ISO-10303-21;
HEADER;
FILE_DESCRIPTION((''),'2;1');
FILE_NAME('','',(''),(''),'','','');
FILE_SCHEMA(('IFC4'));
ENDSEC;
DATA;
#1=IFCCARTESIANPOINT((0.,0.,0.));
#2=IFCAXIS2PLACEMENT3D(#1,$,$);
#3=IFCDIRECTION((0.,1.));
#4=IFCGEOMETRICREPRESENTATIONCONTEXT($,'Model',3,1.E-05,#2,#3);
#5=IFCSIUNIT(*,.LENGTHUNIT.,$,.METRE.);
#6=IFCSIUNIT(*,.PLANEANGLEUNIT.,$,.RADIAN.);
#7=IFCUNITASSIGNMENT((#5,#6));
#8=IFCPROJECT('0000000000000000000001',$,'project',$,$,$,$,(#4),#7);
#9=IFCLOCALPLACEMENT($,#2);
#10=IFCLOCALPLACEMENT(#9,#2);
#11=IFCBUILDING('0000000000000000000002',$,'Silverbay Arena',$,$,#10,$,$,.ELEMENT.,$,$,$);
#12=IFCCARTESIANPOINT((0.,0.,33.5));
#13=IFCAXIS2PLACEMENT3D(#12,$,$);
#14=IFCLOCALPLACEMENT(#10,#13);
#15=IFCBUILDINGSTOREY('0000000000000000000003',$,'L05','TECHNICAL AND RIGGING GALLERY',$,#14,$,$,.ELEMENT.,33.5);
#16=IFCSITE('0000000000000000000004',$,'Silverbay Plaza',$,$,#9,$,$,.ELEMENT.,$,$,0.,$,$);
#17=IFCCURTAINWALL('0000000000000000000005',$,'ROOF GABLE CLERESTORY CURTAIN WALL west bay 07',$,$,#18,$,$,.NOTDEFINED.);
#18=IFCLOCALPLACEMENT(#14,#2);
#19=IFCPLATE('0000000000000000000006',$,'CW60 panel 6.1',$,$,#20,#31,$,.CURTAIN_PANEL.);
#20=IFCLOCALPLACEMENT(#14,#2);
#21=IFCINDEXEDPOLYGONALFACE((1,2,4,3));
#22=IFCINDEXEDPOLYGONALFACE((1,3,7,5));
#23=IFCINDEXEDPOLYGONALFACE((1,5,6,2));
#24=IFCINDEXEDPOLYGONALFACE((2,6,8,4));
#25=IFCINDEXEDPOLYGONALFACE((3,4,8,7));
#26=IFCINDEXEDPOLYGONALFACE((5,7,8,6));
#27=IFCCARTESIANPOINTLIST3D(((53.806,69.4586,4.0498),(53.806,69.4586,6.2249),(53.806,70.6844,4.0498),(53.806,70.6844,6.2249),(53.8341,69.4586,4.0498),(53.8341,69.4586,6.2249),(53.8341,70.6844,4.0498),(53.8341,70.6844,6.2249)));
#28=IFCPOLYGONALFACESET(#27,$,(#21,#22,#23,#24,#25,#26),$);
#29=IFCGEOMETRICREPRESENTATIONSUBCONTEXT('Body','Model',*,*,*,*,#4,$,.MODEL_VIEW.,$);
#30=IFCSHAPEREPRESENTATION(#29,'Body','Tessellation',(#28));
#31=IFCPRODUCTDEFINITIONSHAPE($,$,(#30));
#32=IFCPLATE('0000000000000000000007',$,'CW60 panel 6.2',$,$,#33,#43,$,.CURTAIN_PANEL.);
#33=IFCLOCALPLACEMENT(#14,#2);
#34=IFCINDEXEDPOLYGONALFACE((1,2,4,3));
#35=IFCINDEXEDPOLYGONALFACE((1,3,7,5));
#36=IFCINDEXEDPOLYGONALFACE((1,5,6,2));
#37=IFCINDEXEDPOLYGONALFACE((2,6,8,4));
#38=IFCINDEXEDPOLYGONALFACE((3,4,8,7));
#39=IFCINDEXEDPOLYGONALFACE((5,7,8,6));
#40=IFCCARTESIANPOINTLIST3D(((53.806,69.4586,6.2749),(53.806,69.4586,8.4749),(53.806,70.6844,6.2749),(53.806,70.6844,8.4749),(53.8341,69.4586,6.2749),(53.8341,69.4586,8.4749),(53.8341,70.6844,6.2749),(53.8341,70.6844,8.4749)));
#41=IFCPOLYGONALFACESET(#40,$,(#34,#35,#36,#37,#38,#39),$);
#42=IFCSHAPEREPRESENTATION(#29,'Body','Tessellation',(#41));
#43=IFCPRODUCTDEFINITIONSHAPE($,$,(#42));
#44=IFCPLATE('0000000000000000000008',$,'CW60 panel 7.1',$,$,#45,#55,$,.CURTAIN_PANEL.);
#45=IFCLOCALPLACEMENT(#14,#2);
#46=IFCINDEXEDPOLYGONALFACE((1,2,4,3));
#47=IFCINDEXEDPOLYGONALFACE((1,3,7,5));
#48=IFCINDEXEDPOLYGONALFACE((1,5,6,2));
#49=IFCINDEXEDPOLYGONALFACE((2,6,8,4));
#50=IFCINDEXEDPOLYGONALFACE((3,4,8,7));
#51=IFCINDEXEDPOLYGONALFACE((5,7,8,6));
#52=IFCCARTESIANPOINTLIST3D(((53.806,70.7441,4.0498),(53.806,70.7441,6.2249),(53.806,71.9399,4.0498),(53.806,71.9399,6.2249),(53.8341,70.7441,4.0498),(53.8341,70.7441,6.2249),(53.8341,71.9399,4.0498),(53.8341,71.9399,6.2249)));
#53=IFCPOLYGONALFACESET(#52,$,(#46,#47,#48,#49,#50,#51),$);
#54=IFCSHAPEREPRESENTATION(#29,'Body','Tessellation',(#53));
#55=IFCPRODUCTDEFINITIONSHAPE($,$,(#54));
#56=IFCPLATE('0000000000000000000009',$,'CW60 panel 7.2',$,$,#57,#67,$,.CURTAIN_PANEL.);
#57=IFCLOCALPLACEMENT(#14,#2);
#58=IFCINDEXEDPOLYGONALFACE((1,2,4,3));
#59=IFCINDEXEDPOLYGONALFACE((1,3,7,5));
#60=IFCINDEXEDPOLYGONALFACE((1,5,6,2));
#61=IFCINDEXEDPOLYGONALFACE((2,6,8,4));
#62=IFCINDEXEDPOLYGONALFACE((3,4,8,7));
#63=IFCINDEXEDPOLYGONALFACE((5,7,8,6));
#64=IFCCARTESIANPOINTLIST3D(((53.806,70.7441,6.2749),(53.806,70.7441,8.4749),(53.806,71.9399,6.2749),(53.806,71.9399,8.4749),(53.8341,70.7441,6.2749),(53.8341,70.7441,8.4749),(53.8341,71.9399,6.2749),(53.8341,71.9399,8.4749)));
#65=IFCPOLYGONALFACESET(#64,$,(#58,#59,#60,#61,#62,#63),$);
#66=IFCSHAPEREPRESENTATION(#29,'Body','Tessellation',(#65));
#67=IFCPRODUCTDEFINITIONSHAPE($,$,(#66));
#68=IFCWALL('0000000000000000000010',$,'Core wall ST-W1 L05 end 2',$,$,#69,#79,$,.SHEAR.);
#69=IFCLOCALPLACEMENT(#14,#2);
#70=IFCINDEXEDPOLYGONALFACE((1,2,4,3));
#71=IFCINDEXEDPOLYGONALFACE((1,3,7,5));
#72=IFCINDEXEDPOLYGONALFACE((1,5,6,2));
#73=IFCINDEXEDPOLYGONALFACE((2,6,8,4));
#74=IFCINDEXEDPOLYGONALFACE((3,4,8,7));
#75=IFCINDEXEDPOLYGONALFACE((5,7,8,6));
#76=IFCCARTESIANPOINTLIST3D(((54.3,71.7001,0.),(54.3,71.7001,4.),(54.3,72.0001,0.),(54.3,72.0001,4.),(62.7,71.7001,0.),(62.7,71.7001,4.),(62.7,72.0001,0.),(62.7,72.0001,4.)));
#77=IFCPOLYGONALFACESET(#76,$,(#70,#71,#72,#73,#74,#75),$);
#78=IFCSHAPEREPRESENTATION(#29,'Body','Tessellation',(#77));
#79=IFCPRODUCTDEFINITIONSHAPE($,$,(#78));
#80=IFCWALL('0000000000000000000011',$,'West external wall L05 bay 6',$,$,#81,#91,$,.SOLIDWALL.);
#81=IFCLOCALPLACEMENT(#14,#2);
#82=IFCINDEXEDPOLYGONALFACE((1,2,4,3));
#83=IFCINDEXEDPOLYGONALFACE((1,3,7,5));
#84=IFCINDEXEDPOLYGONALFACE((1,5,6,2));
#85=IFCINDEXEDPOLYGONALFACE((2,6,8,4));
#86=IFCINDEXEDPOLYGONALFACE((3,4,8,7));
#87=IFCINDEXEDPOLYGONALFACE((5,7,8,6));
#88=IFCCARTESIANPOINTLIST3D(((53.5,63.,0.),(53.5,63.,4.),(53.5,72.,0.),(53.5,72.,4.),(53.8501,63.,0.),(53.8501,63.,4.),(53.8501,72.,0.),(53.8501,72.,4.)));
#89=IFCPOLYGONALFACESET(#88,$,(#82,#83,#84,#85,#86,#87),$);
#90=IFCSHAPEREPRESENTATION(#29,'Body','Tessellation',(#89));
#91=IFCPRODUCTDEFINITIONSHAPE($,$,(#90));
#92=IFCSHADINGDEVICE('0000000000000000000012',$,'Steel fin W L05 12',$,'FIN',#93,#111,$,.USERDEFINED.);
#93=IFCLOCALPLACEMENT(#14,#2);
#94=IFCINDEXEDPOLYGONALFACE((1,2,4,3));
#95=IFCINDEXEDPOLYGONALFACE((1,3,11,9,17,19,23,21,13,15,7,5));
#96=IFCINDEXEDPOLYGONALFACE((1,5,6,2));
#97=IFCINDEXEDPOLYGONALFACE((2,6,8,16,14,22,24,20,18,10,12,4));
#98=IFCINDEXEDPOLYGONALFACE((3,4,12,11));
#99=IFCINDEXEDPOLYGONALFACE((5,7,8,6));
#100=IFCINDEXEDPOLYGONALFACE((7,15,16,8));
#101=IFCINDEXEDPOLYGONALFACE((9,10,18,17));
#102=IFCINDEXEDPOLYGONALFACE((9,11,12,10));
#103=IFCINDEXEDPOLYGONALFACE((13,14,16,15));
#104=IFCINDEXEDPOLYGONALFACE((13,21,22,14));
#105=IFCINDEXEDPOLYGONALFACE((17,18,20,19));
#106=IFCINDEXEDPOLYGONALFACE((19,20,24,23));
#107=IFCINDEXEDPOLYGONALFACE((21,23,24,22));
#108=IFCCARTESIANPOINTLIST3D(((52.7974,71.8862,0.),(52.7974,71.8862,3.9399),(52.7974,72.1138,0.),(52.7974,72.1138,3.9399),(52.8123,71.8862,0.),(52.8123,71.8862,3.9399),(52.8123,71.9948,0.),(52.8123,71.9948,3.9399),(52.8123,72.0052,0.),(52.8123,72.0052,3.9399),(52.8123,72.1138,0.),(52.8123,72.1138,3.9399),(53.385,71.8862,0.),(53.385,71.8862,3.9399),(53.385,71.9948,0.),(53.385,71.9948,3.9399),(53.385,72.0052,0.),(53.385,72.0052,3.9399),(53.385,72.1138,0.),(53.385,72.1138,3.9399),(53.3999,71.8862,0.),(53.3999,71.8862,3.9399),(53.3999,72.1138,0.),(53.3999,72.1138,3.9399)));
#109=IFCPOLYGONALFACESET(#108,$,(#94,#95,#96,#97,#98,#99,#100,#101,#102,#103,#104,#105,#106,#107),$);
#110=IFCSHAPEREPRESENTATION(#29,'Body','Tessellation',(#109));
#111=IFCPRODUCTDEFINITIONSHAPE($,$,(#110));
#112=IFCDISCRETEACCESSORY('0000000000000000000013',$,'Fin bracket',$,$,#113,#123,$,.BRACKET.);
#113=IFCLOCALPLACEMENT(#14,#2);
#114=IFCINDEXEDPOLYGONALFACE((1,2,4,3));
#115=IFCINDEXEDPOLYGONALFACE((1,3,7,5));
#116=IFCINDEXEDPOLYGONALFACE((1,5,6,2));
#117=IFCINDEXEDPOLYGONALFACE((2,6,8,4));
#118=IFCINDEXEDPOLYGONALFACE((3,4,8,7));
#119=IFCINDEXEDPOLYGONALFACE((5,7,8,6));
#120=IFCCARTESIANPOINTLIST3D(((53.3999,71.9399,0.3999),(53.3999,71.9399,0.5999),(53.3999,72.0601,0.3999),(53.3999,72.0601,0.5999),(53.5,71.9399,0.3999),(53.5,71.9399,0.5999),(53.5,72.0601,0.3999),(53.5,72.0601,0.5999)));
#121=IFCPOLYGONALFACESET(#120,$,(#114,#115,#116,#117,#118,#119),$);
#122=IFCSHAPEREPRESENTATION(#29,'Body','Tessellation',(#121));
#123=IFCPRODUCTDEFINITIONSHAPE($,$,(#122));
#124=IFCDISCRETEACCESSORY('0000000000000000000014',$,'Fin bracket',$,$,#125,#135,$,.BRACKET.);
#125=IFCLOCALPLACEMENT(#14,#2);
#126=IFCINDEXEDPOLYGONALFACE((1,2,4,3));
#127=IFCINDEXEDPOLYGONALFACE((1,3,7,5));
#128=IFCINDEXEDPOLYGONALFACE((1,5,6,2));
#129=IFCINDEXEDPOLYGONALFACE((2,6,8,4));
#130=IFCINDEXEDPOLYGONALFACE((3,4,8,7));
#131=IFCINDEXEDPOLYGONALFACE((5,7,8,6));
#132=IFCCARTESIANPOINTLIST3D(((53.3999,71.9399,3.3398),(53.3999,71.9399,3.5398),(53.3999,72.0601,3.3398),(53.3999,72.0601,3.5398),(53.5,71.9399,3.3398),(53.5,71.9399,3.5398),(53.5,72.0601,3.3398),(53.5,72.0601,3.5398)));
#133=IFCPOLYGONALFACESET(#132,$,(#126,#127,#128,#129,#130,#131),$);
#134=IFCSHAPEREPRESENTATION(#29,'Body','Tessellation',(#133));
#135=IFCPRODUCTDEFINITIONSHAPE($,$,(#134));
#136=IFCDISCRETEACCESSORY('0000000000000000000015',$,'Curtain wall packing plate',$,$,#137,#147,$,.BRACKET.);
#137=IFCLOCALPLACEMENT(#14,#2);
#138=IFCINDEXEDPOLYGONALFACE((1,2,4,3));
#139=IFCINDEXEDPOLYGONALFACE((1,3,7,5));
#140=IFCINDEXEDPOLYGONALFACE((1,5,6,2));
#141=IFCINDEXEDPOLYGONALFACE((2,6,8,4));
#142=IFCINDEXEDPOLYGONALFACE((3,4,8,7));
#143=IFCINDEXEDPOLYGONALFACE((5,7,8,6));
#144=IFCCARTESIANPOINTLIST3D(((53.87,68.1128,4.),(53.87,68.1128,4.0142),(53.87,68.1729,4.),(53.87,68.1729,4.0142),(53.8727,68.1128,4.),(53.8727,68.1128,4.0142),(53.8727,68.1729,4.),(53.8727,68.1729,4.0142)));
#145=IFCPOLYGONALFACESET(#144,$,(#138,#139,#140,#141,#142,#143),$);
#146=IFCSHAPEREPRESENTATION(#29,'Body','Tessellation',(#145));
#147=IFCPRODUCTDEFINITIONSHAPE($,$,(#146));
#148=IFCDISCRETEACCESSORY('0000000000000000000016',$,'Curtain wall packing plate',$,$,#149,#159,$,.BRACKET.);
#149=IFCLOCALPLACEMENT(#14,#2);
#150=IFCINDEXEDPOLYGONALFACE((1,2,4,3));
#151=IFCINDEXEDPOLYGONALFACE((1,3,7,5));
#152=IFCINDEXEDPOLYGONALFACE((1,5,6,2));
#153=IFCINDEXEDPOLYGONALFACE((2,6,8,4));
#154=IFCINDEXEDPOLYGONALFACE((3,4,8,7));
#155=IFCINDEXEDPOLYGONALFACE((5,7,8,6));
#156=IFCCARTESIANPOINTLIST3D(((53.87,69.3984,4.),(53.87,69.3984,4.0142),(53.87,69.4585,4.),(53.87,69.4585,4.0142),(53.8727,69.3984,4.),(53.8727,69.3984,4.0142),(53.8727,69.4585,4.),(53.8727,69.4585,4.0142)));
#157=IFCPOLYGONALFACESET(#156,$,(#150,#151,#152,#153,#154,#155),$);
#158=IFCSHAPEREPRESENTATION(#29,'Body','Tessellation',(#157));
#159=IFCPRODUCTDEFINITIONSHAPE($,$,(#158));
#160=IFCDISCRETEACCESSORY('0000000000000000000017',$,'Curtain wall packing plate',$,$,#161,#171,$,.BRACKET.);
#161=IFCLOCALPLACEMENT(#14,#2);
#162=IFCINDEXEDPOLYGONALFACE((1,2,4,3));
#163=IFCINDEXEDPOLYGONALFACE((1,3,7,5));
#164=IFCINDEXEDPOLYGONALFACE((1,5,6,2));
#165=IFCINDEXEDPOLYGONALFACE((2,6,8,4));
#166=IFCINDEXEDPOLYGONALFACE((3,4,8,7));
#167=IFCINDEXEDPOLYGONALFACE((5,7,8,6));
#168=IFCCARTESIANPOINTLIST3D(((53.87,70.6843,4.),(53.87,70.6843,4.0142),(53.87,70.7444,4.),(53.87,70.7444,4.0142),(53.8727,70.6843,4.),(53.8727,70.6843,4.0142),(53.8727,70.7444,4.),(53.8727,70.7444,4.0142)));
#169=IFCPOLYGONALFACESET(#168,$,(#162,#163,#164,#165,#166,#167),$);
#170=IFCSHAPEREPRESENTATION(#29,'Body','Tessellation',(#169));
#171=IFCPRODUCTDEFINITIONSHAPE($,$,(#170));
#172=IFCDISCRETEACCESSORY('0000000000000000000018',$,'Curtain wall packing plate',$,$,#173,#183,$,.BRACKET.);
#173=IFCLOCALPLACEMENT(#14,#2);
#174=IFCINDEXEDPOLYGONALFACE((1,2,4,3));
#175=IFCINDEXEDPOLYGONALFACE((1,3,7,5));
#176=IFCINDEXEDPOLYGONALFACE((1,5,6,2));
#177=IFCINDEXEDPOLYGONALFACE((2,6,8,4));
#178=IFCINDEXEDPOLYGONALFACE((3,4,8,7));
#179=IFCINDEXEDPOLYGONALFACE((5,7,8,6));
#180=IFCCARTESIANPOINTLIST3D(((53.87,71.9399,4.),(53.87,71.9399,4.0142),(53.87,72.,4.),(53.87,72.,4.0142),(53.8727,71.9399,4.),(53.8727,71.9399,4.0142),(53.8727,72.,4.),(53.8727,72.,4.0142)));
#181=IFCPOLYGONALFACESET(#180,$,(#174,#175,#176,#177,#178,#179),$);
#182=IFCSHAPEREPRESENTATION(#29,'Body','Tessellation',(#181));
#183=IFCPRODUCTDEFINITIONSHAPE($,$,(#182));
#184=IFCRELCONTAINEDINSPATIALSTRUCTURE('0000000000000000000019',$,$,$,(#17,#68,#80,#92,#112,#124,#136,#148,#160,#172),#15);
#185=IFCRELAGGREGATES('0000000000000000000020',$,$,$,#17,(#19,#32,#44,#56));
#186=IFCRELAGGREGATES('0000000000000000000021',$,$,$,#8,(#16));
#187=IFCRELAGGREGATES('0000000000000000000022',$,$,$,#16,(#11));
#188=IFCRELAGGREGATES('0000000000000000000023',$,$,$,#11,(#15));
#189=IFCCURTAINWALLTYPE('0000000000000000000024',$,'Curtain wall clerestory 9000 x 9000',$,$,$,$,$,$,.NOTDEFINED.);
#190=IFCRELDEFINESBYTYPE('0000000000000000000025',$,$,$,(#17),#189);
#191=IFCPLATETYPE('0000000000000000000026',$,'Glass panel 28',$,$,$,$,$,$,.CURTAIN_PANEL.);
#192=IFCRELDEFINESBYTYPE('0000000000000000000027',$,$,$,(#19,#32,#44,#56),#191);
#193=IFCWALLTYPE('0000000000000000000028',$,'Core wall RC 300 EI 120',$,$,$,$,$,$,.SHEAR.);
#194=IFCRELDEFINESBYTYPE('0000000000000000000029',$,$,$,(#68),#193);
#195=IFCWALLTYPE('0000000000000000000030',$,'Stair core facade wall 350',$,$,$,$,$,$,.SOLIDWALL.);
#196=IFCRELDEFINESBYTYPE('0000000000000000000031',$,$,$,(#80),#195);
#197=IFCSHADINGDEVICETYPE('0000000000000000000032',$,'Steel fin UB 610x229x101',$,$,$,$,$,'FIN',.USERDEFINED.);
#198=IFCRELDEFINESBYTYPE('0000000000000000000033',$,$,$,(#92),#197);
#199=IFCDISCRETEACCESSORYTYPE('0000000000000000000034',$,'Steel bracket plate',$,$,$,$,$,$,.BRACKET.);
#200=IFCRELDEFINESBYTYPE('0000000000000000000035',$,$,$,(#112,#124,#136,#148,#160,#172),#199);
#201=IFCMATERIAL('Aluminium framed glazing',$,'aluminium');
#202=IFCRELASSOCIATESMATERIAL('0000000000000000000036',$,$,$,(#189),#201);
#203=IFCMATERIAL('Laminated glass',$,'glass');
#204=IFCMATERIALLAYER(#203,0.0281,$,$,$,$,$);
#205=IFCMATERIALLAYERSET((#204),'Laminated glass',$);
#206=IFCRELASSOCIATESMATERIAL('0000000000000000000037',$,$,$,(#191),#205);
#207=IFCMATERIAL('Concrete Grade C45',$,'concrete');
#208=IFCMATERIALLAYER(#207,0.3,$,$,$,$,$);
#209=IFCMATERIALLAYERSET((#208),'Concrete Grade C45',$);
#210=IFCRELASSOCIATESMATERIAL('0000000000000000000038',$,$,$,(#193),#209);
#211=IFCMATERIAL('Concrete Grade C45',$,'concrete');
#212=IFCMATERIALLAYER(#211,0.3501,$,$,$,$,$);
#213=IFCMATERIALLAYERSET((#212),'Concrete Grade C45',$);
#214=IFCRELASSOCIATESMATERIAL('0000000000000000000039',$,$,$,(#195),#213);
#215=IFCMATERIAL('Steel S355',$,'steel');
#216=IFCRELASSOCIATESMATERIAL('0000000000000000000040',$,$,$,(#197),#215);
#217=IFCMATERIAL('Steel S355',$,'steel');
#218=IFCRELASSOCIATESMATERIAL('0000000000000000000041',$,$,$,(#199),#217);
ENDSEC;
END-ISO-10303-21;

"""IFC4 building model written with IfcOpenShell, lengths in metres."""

from ifc_helpers import new_model, si_unit, direction, frame, frame_2d, origin, origin_2d, place, context, subcontext, project, spatial, rectangle, i_section, extrude, material, layer, layer_set, material_profile, profile_set, type_object, element, aggregate, save


model = new_model("IFC4")

# Units and contexts
model_context = context("Model", 3, precision=1e-05, world=origin(), true_north=direction((0.0, 1.0)))
body_context = subcontext(model_context, "Body", "Model", "MODEL_VIEW")
ifc_project = project(units=[si_unit("LENGTHUNIT", "METRE"), si_unit("PLANEANGLEUNIT", "RADIAN")], contexts=[model_context])

# Site, building, storey
site_placement = place(None, origin())
site = spatial("IfcSite", under=ifc_project, at=site_placement, Name="Silverbay Plaza", CompositionType="ELEMENT", RefElevation=0.0)
building_placement = place(site_placement, origin())
building = spatial("IfcBuilding", under=site, at=building_placement, Name="Silverbay Arena", CompositionType="ELEMENT")
storey_placement = place(building_placement, frame((0.0, 0.0, 33.5)))
storey = spatial("IfcBuildingStorey", under=building, at=storey_placement, Name="L05", Description="TECHNICAL AND RIGGING GALLERY", CompositionType="ELEMENT", Elevation=33.5)

# Curtain wall
ifc_material_1 = material(Name="Aluminium framed glazing", Category="aluminium")
curtain_wall_type = type_object("IfcCurtainWallType", Name="Curtain wall clerestory 9000 x 9000", PredefinedType="NOTDEFINED", material=ifc_material_1)
curtain_wall_placement = place(storey_placement, origin())
curtain_wall = element("IfcCurtainWall", 1, at=curtain_wall_placement, inside=storey, type_object=curtain_wall_type, Name="ROOF GABLE CLERESTORY CURTAIN WALL west bay 07", PredefinedType="NOTDEFINED")

# Plates
ifc_material_2 = material(Name="Laminated glass", Category="glass")
ifc_layer_1 = layer(ifc_material_2, 0.0281)
ifc_layer_set_1 = layer_set([ifc_layer_1], Name="Laminated glass")
plate_type = type_object("IfcPlateType", Name="Glass panel 28", PredefinedType="CURTAIN_PANEL", material=ifc_layer_set_1)
plate_1_placement = place(storey_placement, frame((53.8201, 70.0715, 4.0498), z_axis=(0.0, 0.0, 1.0), x_axis=(0.0, 1.0, 0.0)))
plate_1 = element("IfcPlate", 2, at=plate_1_placement, type_object=plate_type, Name="CW60 panel 6.1", PredefinedType="CURTAIN_PANEL", context=body_context, shape_type="SweptSolid", body=[
    extrude(rectangle(XDim=1.2258, YDim=0.0281, at=origin_2d()), origin(), (0.0, 0.0, 1.0), 2.175),
])
plate_2_placement = place(storey_placement, frame((53.8201, 70.0715, 6.2749), z_axis=(0.0, 0.0, 1.0), x_axis=(0.0, 1.0, 0.0)))
plate_2 = element("IfcPlate", 3, at=plate_2_placement, type_object=plate_type, Name="CW60 panel 6.2", PredefinedType="CURTAIN_PANEL", context=body_context, shape_type="SweptSolid", body=[
    extrude(rectangle(XDim=1.2258, YDim=0.0281, at=origin_2d()), origin(), (0.0, 0.0, 1.0), 2.2),
])
plate_3_placement = place(storey_placement, frame((53.8201, 71.342, 4.0498), z_axis=(0.0, 0.0, 1.0), x_axis=(0.0, 1.0, 0.0)))
plate_3 = element("IfcPlate", 4, at=plate_3_placement, type_object=plate_type, Name="CW60 panel 7.1", PredefinedType="CURTAIN_PANEL", context=body_context, shape_type="SweptSolid", body=[
    extrude(rectangle(XDim=1.1958, YDim=0.0281, at=origin_2d()), origin(), (0.0, 0.0, 1.0), 2.175),
])
plate_4_placement = place(storey_placement, frame((53.8201, 71.342, 6.2749), z_axis=(0.0, 0.0, 1.0), x_axis=(0.0, 1.0, 0.0)))
plate_4 = element("IfcPlate", 5, at=plate_4_placement, type_object=plate_type, Name="CW60 panel 7.2", PredefinedType="CURTAIN_PANEL", context=body_context, shape_type="SweptSolid", body=[
    extrude(rectangle(XDim=1.1958, YDim=0.0281, at=origin_2d()), origin(), (0.0, 0.0, 1.0), 2.2),
])
aggregate(curtain_wall, [plate_1, plate_2, plate_3, plate_4])

# Walls
ifc_material_3 = material(Name="Concrete Grade C45", Category="concrete")
ifc_layer_2 = layer(ifc_material_3, 0.3)
ifc_layer_set_2 = layer_set([ifc_layer_2], Name="Concrete Grade C45")
wall_type_1 = type_object("IfcWallType", Name="Core wall RC 300 EI 120", PredefinedType="SHEAR", material=ifc_layer_set_2)
wall_1_placement = place(storey_placement, frame((62.7, 71.8501, 0.0), z_axis=(0.0, 0.0, 1.0), x_axis=(-1.0, 0.0, 0.0)))
element("IfcWall", 6, at=wall_1_placement, inside=storey, type_object=wall_type_1, Name="Core wall ST-W1 L05 end 2", PredefinedType="SHEAR", context=body_context, shape_type="SweptSolid", body=[
    extrude(rectangle(XDim=8.3999, YDim=0.3, at=frame_2d((4.2, 0.0))), origin(), (0.0, 0.0, 1.0), 4.0),
])
ifc_material_4 = material(Name="Concrete Grade C45", Category="concrete")
ifc_layer_3 = layer(ifc_material_4, 0.3501)
ifc_layer_set_3 = layer_set([ifc_layer_3], Name="Concrete Grade C45")
wall_type_2 = type_object("IfcWallType", Name="Stair core facade wall 350", PredefinedType="SOLIDWALL", material=ifc_layer_set_3)
wall_2_placement = place(storey_placement, frame((53.675, 72.0, 0.0), z_axis=(0.0, 0.0, 1.0), x_axis=(0.0, -1.0, 0.0)))
element("IfcWall", 7, at=wall_2_placement, inside=storey, type_object=wall_type_2, Name="West external wall L05 bay 6", PredefinedType="SOLIDWALL", context=body_context, shape_type="SweptSolid", body=[
    extrude(rectangle(XDim=9.0, YDim=0.3501, at=frame_2d((4.5, 0.0))), origin(), (0.0, 0.0, 1.0), 4.0),
])

# Shading device
ifc_material_5 = material(Name="Steel S355", Category="steel")
ifc_material_profile_1 = material_profile(ifc_material_5, i_section(OverallWidth=0.2275, OverallDepth=0.6025, WebThickness=0.0105, FlangeThickness=0.0149, at=origin_2d()), Name="UB 610x229x101")
ifc_profile_set_1 = profile_set([ifc_material_profile_1], Name="Steel S355")
shading_device_type = type_object("IfcShadingDeviceType", Name="Steel fin UB 610x229x101", ElementType="FIN", PredefinedType="USERDEFINED", material=ifc_profile_set_1)
shading_device_placement = place(storey_placement, frame((53.0986, 72.0, 0.0), z_axis=(0.0, 0.0, 1.0), x_axis=(0.0, 1.0, 0.0)))
element("IfcShadingDevice", 8, at=shading_device_placement, inside=storey, type_object=shading_device_type, Name="Steel fin W L05 12", ObjectType="FIN", PredefinedType="USERDEFINED", context=body_context, shape_type="SweptSolid", body=[
    extrude(i_section(OverallWidth=0.2275, OverallDepth=0.6025, WebThickness=0.0105, FlangeThickness=0.0149, at=origin_2d()), origin(), (0.0, 0.0, 1.0), 3.9399),
])

# Discrete accessories
ifc_material_6 = material(Name="Steel S355", Category="steel")
discrete_accessory_type = type_object("IfcDiscreteAccessoryType", Name="Steel bracket plate", PredefinedType="BRACKET", material=ifc_material_6)
for number, where, z_axis, x_axis, name in (
    (9, (53.45, 72.0, 0.3999), (0.0, 0.0, 1.0), (1.0, 0.0, 0.0), "Fin bracket"),
    (10, (53.45, 72.0, 3.3398), (0.0, 0.0, 1.0), (1.0, 0.0, 0.0), "Fin bracket"),
):
    element("IfcDiscreteAccessory", number, at=place(storey_placement, frame(where, z_axis=z_axis, x_axis=x_axis)), inside=storey, type_object=discrete_accessory_type, Name=name, PredefinedType="BRACKET", context=body_context, shape_type="SweptSolid", body=[
        extrude(rectangle(XDim=0.1001, YDim=0.1201, at=origin_2d()), origin(), (0.0, 0.0, 1.0), 0.2),
    ])
for number, where, z_axis, x_axis, name in (
    (11, (53.8713, 68.1428, 4.0), (0.0, 0.0, 1.0), (1.0, 0.0, 0.0), "Curtain wall packing plate"),
    (12, (53.8713, 69.4285, 4.0), (0.0, 0.0, 1.0), (1.0, 0.0, 0.0), "Curtain wall packing plate"),
    (13, (53.8713, 70.7144, 4.0), (0.0, 0.0, 1.0), (1.0, 0.0, 0.0), "Curtain wall packing plate"),
    (14, (53.8713, 71.97, 4.0), (0.0, 0.0, 1.0), (1.0, 0.0, 0.0), "Curtain wall packing plate"),
):
    element("IfcDiscreteAccessory", number, at=place(storey_placement, frame(where, z_axis=z_axis, x_axis=x_axis)), inside=storey, type_object=discrete_accessory_type, Name=name, PredefinedType="BRACKET", context=body_context, shape_type="SweptSolid", body=[
        extrude(rectangle(XDim=0.0027, YDim=0.0601, at=origin_2d()), origin(), (0.0, 0.0, 1.0), 0.0142),
    ])

save(model, "model.ifc")
